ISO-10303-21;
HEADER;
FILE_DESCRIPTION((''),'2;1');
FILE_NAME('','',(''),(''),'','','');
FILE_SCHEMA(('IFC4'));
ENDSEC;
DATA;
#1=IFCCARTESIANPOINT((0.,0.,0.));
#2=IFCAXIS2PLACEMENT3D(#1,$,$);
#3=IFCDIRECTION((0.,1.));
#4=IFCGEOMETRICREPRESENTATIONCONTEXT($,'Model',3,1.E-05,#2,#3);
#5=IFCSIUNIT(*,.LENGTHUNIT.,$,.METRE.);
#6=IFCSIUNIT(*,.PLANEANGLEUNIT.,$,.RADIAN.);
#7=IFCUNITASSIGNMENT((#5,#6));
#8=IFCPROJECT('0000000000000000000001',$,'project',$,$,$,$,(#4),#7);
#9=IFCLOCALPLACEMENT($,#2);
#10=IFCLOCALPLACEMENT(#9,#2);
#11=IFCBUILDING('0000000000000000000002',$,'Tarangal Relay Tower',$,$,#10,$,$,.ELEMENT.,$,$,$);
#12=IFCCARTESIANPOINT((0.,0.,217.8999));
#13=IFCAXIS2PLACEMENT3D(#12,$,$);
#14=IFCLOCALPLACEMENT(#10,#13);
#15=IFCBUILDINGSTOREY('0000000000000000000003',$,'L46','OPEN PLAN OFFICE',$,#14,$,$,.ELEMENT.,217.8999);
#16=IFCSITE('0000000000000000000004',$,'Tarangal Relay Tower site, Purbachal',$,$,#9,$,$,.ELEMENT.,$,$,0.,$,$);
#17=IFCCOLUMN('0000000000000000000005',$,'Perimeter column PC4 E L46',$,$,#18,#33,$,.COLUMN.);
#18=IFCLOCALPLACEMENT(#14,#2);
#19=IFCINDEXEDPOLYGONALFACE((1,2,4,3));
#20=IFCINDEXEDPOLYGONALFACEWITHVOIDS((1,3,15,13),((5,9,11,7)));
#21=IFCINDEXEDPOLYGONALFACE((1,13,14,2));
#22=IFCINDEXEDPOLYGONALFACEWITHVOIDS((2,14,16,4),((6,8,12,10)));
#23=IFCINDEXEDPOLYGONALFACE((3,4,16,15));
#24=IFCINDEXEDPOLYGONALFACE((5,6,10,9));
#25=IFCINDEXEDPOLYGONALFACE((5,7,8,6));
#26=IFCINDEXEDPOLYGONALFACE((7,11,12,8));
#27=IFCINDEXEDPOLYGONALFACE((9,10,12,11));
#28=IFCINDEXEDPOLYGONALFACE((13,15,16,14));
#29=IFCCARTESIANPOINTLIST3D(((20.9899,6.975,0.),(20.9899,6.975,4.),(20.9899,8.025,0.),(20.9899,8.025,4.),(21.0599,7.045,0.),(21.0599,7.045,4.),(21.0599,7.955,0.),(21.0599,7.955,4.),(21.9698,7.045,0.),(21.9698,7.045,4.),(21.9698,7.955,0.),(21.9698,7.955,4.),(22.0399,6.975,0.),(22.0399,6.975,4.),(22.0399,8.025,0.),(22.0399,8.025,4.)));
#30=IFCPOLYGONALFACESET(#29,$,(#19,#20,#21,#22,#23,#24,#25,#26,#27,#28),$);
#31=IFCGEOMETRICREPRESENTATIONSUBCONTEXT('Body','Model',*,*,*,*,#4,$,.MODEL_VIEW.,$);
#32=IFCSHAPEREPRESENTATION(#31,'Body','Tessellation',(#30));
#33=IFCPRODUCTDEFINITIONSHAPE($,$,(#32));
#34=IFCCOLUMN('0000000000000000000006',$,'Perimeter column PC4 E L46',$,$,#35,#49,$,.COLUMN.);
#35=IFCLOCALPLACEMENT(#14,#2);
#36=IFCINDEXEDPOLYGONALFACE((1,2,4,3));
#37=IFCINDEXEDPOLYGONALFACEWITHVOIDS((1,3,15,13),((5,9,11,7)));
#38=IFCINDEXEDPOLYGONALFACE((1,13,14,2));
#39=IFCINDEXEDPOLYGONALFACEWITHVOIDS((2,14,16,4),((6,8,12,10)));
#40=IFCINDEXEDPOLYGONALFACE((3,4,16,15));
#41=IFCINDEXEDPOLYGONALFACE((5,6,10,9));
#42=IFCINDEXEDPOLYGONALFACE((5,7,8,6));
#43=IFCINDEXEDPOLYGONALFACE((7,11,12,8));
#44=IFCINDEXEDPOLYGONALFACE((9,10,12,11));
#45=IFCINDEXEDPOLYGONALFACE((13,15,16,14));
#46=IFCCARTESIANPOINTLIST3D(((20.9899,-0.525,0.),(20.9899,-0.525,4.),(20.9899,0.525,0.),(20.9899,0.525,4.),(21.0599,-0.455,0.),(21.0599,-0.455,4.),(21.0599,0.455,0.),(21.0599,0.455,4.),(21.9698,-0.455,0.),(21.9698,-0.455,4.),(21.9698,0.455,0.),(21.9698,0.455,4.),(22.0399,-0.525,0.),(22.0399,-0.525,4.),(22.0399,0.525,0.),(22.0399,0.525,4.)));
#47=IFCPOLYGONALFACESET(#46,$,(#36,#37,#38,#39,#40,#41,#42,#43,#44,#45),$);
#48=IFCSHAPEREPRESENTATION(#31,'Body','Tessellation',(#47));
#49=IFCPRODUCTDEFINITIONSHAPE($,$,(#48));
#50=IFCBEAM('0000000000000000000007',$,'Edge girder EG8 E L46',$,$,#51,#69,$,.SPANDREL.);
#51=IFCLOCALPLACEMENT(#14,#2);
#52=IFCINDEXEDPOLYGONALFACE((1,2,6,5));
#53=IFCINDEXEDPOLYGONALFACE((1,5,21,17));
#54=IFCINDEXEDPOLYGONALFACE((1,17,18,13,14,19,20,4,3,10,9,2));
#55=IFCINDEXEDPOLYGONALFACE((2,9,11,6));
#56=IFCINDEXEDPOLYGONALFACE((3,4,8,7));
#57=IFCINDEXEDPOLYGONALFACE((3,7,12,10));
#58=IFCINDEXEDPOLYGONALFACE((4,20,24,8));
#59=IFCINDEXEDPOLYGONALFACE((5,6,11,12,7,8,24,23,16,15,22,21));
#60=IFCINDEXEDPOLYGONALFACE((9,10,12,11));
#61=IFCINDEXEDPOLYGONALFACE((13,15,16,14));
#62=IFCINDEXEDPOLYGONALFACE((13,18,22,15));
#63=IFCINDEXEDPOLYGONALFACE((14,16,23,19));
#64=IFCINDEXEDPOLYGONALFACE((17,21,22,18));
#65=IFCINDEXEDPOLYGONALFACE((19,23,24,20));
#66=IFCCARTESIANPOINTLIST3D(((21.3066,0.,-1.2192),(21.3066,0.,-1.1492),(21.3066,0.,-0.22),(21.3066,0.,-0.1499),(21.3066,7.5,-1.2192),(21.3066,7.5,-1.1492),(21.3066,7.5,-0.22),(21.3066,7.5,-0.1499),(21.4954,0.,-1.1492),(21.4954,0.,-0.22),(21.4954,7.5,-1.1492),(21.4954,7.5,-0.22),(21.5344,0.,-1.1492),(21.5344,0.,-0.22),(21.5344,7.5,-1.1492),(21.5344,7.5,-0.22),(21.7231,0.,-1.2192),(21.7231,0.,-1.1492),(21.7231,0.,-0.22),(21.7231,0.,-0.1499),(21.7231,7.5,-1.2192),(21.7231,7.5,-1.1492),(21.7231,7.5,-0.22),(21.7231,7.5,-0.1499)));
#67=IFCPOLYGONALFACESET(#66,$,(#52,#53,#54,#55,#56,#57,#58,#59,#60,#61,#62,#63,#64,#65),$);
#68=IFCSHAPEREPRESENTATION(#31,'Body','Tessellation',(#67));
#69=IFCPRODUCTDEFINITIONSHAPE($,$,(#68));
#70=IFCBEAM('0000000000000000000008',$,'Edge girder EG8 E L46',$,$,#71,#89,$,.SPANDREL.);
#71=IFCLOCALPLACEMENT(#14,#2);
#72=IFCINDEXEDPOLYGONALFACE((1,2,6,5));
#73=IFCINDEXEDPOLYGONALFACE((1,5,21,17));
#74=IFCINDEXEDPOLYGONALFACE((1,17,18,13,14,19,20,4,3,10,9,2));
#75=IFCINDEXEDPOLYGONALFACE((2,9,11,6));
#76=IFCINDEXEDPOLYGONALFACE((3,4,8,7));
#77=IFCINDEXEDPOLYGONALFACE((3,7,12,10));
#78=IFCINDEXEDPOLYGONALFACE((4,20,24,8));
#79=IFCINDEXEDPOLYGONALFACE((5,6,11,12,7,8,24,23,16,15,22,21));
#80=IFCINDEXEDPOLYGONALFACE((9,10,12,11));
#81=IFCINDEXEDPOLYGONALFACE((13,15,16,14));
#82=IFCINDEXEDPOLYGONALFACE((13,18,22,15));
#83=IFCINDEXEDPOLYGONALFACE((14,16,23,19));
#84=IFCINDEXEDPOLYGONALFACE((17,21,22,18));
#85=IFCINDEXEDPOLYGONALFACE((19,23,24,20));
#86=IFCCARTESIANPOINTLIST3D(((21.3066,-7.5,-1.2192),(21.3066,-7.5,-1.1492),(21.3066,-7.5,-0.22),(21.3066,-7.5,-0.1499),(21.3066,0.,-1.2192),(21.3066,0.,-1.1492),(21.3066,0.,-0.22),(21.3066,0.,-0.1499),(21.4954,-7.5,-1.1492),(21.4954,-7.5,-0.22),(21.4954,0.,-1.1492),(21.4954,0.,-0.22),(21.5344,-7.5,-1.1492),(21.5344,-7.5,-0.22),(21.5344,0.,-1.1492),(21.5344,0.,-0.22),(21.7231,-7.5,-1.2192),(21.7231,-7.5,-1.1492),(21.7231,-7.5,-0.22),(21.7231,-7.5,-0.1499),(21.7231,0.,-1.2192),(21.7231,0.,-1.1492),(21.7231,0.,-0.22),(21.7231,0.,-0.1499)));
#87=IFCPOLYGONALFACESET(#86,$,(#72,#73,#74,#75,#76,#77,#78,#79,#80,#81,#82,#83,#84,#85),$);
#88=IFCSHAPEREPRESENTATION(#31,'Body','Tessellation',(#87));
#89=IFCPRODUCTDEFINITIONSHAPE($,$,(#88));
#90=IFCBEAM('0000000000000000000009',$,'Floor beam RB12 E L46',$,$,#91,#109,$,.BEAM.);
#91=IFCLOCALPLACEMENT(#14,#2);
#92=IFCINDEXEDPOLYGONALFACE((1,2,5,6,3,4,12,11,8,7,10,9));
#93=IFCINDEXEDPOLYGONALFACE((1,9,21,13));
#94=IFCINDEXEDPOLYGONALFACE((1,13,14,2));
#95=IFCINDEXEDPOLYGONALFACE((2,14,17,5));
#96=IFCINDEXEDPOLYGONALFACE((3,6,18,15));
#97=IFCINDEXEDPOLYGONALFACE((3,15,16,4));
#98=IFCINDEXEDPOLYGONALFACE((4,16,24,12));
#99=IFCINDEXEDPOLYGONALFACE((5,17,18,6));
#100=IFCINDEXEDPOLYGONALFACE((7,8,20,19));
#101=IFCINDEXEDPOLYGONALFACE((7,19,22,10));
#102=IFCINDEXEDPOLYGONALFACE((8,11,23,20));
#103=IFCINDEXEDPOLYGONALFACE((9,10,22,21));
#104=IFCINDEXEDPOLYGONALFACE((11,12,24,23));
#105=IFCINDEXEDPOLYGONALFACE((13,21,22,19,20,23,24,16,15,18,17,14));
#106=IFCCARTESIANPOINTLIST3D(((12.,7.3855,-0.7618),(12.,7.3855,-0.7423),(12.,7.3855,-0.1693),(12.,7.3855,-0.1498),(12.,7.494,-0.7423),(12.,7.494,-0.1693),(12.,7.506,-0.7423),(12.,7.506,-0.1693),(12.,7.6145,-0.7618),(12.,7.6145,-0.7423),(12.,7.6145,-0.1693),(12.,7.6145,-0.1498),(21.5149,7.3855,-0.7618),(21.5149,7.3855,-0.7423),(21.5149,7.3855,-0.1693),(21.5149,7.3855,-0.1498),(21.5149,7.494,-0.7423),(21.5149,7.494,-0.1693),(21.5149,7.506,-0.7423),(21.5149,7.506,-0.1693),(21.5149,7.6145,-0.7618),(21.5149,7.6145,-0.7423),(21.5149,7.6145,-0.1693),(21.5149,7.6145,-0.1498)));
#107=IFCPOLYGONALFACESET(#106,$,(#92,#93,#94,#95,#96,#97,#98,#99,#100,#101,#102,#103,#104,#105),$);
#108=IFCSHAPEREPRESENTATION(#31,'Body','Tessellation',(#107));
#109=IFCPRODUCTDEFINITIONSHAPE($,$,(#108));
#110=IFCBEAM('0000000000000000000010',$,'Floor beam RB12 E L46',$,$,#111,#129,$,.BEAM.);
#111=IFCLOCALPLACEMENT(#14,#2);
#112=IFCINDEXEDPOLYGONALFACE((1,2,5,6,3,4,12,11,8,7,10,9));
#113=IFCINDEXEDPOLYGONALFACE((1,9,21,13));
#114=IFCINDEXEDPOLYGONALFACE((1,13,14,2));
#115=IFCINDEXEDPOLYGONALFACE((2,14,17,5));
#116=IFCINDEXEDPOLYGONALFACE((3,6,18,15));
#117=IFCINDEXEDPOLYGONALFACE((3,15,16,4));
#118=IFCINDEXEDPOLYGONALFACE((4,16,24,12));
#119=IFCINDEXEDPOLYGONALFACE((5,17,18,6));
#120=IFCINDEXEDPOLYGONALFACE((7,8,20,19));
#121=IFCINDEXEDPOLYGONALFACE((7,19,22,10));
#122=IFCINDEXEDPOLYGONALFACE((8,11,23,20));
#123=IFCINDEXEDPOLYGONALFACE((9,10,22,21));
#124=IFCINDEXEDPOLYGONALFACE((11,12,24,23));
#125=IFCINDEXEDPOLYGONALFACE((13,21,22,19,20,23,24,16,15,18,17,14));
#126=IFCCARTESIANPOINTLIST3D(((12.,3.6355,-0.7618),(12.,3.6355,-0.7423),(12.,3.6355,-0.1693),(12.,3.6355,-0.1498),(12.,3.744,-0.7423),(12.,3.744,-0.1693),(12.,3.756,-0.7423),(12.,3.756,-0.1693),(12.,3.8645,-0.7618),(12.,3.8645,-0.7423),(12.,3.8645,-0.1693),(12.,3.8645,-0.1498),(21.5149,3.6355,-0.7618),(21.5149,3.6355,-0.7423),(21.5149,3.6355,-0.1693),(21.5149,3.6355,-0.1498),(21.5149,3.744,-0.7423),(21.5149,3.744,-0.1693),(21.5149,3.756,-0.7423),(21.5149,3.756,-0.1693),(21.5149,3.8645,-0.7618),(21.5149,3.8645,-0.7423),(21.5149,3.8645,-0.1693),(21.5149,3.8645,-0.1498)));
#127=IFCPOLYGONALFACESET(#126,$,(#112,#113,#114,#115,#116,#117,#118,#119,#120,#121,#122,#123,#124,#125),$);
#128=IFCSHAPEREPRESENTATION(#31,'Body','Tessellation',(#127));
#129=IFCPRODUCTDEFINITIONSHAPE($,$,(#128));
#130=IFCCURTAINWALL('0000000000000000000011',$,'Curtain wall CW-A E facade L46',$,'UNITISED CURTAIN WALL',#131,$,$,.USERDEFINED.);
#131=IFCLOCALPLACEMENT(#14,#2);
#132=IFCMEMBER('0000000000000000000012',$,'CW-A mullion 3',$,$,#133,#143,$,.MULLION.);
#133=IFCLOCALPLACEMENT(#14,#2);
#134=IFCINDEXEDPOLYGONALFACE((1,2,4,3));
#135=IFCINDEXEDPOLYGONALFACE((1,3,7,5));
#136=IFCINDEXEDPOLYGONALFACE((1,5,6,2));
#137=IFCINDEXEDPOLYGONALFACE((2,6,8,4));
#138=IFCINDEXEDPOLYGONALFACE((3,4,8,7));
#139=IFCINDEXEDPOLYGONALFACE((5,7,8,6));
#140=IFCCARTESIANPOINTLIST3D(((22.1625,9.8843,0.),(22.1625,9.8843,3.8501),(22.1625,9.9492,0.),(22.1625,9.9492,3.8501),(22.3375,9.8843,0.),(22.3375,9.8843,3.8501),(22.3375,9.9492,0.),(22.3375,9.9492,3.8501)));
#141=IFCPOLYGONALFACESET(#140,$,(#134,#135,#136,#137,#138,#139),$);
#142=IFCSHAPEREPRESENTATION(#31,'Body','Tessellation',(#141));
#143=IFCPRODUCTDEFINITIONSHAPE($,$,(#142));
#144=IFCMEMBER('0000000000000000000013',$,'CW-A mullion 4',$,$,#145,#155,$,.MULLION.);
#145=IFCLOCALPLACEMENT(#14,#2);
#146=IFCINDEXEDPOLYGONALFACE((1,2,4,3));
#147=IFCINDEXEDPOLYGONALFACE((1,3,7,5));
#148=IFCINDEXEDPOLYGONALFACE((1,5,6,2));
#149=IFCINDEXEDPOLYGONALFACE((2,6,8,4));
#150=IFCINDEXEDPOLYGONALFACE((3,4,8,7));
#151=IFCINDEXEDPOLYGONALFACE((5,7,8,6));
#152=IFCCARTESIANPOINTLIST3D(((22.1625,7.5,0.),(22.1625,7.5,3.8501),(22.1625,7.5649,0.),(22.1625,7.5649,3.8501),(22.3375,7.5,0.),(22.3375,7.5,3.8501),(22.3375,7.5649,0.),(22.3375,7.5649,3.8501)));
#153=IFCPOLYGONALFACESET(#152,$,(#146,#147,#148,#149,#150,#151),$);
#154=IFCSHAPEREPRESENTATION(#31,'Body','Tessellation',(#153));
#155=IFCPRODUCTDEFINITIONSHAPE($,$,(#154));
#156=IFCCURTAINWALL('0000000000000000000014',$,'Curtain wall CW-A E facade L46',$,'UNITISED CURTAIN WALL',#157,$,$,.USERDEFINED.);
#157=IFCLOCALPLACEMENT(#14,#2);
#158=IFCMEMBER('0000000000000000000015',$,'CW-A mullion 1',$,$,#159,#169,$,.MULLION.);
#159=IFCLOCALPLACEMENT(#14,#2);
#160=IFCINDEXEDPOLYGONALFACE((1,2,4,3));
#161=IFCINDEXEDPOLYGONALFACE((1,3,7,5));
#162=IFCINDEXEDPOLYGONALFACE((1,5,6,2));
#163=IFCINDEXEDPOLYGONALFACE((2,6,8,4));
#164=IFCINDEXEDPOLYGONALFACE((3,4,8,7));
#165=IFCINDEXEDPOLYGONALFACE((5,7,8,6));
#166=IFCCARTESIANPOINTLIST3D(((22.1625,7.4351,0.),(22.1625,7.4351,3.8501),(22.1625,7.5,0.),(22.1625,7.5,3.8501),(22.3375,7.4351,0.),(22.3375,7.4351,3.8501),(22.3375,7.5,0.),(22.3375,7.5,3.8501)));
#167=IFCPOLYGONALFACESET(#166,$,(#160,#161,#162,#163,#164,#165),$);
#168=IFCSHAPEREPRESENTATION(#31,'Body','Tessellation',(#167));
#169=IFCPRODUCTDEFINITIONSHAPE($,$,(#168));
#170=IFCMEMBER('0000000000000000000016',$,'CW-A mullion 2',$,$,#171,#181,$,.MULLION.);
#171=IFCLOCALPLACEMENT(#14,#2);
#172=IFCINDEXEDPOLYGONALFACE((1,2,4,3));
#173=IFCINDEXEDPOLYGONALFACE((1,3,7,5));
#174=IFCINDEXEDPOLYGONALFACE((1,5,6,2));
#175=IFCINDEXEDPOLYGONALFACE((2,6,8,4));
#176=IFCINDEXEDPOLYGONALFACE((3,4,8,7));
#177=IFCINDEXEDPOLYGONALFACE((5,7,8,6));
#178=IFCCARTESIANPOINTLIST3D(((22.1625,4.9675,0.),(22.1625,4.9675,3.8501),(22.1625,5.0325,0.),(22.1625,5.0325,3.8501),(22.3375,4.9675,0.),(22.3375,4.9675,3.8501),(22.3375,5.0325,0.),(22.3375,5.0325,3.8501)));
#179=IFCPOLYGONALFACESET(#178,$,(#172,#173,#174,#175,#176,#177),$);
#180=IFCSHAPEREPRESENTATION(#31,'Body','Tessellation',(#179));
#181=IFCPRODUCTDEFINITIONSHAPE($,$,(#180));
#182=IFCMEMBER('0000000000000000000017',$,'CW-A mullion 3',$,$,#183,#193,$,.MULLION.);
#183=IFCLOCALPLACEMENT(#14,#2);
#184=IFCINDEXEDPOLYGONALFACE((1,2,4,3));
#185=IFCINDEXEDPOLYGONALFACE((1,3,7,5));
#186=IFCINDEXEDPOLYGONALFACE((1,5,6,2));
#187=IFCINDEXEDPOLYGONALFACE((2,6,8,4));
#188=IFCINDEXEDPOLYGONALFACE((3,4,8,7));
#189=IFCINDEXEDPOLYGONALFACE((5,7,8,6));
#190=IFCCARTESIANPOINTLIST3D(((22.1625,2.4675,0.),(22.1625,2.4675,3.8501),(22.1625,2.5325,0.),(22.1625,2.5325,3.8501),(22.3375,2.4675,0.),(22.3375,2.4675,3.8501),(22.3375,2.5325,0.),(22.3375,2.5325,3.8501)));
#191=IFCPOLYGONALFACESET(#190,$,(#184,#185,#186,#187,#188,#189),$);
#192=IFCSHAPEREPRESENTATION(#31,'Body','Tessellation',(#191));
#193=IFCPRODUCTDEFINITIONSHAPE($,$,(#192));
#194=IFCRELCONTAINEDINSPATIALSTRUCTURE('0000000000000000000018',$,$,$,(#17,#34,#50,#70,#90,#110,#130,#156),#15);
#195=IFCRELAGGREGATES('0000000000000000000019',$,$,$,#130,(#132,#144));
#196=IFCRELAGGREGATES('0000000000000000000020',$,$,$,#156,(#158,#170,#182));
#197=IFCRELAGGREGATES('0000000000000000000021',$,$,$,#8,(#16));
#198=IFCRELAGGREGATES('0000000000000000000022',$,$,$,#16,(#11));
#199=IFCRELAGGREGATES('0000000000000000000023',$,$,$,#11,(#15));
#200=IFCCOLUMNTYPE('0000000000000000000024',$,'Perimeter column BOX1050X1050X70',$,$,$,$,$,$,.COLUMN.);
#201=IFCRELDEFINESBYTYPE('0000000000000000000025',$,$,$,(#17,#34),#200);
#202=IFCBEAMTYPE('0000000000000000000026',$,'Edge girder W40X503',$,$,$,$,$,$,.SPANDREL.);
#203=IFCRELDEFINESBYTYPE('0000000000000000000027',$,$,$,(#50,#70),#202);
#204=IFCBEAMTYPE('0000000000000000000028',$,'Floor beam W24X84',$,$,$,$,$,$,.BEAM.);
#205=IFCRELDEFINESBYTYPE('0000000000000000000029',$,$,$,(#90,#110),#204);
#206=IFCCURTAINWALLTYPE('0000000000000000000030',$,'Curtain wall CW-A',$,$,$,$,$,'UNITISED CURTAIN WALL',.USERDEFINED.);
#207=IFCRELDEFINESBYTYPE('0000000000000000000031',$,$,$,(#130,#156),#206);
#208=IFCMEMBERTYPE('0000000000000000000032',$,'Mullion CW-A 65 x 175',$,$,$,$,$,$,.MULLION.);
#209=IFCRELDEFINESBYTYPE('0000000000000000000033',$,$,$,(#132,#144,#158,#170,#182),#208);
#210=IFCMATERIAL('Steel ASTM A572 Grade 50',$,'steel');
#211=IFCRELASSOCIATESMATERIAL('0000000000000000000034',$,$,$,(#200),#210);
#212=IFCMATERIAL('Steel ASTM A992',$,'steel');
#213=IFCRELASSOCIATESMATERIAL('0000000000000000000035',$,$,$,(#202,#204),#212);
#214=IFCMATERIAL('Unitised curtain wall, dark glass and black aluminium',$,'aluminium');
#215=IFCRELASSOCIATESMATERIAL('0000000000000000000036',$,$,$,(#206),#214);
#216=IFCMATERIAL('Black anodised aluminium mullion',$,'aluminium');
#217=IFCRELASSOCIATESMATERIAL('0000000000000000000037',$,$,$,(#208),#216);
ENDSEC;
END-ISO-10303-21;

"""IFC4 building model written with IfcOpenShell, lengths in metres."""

from ifc_helpers import new_model, si_unit, direction, frame, origin, origin_2d, place, context, subcontext, project, spatial, rectangle, hollow_rectangle, i_section, extrude, material, material_profile, profile_set, type_object, element, aggregate, save


model = new_model("IFC4")

# Units and contexts
model_context = context("Model", 3, precision=1e-05, world=origin(), true_north=direction((0.0, 1.0)))
body_context = subcontext(model_context, "Body", "Model", "MODEL_VIEW")
ifc_project = project(units=[si_unit("LENGTHUNIT", "METRE"), si_unit("PLANEANGLEUNIT", "RADIAN")], contexts=[model_context])

# Site, building, storey
site_placement = place(None, origin())
site = spatial("IfcSite", under=ifc_project, at=site_placement, Name="Tarangal Relay Tower site, Purbachal", CompositionType="ELEMENT", RefElevation=0.0)
building_placement = place(site_placement, origin())
building = spatial("IfcBuilding", under=site, at=building_placement, Name="Tarangal Relay Tower", CompositionType="ELEMENT")
storey_placement = place(building_placement, frame((0.0, 0.0, 217.8999)))
storey = spatial("IfcBuildingStorey", under=building, at=storey_placement, Name="L46", Description="OPEN PLAN OFFICE", CompositionType="ELEMENT", Elevation=217.8999)

# Columns
ifc_material_1 = material(Name="Steel ASTM A572 Grade 50", Category="steel")
ifc_material_profile_1 = material_profile(ifc_material_1, hollow_rectangle(XDim=1.05, YDim=1.05, WallThickness=0.0701, at=origin_2d()), Name="BOX1050X1050X70")
ifc_profile_set_1 = profile_set([ifc_material_profile_1], Name="Steel ASTM A572 Grade 50")
column_type = type_object("IfcColumnType", Name="Perimeter column BOX1050X1050X70", PredefinedType="COLUMN", material=ifc_profile_set_1)
for number, where, z_axis, x_axis, name in (
    (1, (21.5149, 7.5, 0.0), (0.0, 0.0, 1.0), (1.0, 0.0, 0.0), "Perimeter column PC4 E L46"),
    (2, (21.5149, 0.0, 0.0), (0.0, 0.0, 1.0), (1.0, 0.0, 0.0), "Perimeter column PC4 E L46"),
):
    element("IfcColumn", number, at=place(storey_placement, frame(where, z_axis=z_axis, x_axis=x_axis)), inside=storey, type_object=column_type, Name=name, PredefinedType="COLUMN", context=body_context, shape_type="SweptSolid", body=[
        extrude(hollow_rectangle(XDim=1.05, YDim=1.05, WallThickness=0.0701, at=origin_2d()), origin(), (0.0, 0.0, 1.0), 4.0),
    ])

# Beams
ifc_material_2 = material(Name="Steel ASTM A992", Category="steel")
ifc_material_profile_2 = material_profile(ifc_material_2, i_section(OverallWidth=0.4165, OverallDepth=1.0693, WebThickness=0.0391, FlangeThickness=0.0701, at=origin_2d()), Name="W40X503")
ifc_profile_set_2 = profile_set([ifc_material_profile_2], Name="Steel ASTM A992")
beam_type_1 = type_object("IfcBeamType", Name="Edge girder W40X503", PredefinedType="SPANDREL", material=ifc_profile_set_2)
for number, where, z_axis, x_axis, name in (
    (3, (21.5149, 7.5, -0.6846), (0.0, -1.0, 0.0), (1.0, 0.0, 0.0), "Edge girder EG8 E L46"),
    (4, (21.5149, 0.0, -0.6846), (0.0, -1.0, 0.0), (1.0, 0.0, 0.0), "Edge girder EG8 E L46"),
):
    element("IfcBeam", number, at=place(storey_placement, frame(where, z_axis=z_axis, x_axis=x_axis)), inside=storey, type_object=beam_type_1, Name=name, PredefinedType="SPANDREL", context=body_context, shape_type="SweptSolid", body=[
        extrude(i_section(OverallWidth=0.4165, OverallDepth=1.0693, WebThickness=0.0391, FlangeThickness=0.0701, at=origin_2d()), origin(), (0.0, 0.0, 1.0), 7.5),
    ])
ifc_material_profile_3 = material_profile(ifc_material_2, i_section(OverallWidth=0.229, OverallDepth=0.6121, WebThickness=0.012, FlangeThickness=0.0195, at=origin_2d()), Name="W24X84")
ifc_profile_set_3 = profile_set([ifc_material_profile_3], Name="Steel ASTM A992")
beam_type_2 = type_object("IfcBeamType", Name="Floor beam W24X84", PredefinedType="BEAM", material=ifc_profile_set_3)
for number, where, z_axis, x_axis, name in (
    (5, (12.0, 7.5, -0.4558), (1.0, 0.0, 0.0), (0.0, 1.0, 0.0), "Floor beam RB12 E L46"),
    (6, (12.0, 3.75, -0.4558), (1.0, 0.0, 0.0), (0.0, 1.0, 0.0), "Floor beam RB12 E L46"),
):
    element("IfcBeam", number, at=place(storey_placement, frame(where, z_axis=z_axis, x_axis=x_axis)), inside=storey, type_object=beam_type_2, Name=name, PredefinedType="BEAM", context=body_context, shape_type="SweptSolid", body=[
        extrude(i_section(OverallWidth=0.229, OverallDepth=0.6121, WebThickness=0.012, FlangeThickness=0.0195, at=origin_2d()), origin(), (0.0, 0.0, 1.0), 9.5149),
    ])

# Curtain walls, members
ifc_material_3 = material(Name="Unitised curtain wall, dark glass and black aluminium", Category="aluminium")
curtain_wall_type = type_object("IfcCurtainWallType", Name="Curtain wall CW-A", ElementType="UNITISED CURTAIN WALL", PredefinedType="USERDEFINED", material=ifc_material_3)
curtain_wall_1_placement = place(storey_placement, origin())
curtain_wall_1 = element("IfcCurtainWall", 7, at=curtain_wall_1_placement, inside=storey, type_object=curtain_wall_type, Name="Curtain wall CW-A E facade L46", ObjectType="UNITISED CURTAIN WALL", PredefinedType="USERDEFINED")
ifc_material_4 = material(Name="Black anodised aluminium mullion", Category="aluminium")
ifc_material_profile_4 = material_profile(ifc_material_4, rectangle(XDim=0.175, YDim=0.0649, at=origin_2d()), Name="CW-AM 65X175")
ifc_profile_set_4 = profile_set([ifc_material_profile_4], Name="Black anodised aluminium mullion")
member_type_1 = type_object("IfcMemberType", Name="Mullion CW-A 65 x 175", PredefinedType="MULLION", material=ifc_profile_set_4)
member_1_placement = place(storey_placement, frame((22.25, 9.9167, 0.0), z_axis=(0.0, 0.0, 1.0), x_axis=(1.0, 0.0, 0.0)))
member_1 = element("IfcMember", 8, at=member_1_placement, type_object=member_type_1, Name="CW-A mullion 3", PredefinedType="MULLION", context=body_context, shape_type="SweptSolid", body=[
    extrude(rectangle(XDim=0.175, YDim=0.0649, at=origin_2d()), origin(), (0.0, 0.0, 1.0), 3.8501),
])
member_2_placement = place(storey_placement, frame((22.25, 7.5325, 0.0), z_axis=(0.0, 0.0, 1.0), x_axis=(1.0, 0.0, 0.0)))
member_2 = element("IfcMember", 9, at=member_2_placement, type_object=member_type_1, Name="CW-A mullion 4", PredefinedType="MULLION", context=body_context, shape_type="SweptSolid", body=[
    extrude(rectangle(XDim=0.175, YDim=0.0649, at=origin_2d()), origin(), (0.0, 0.0, 1.0), 3.8501),
])
curtain_wall_2_placement = place(storey_placement, origin())
curtain_wall_2 = element("IfcCurtainWall", 10, at=curtain_wall_2_placement, inside=storey, type_object=curtain_wall_type, Name="Curtain wall CW-A E facade L46", ObjectType="UNITISED CURTAIN WALL", PredefinedType="USERDEFINED")
member_3_placement = place(storey_placement, frame((22.25, 7.4675, 0.0), z_axis=(0.0, 0.0, 1.0), x_axis=(1.0, 0.0, 0.0)))
member_3 = element("IfcMember", 11, at=member_3_placement, type_object=member_type_1, Name="CW-A mullion 1", PredefinedType="MULLION", context=body_context, shape_type="SweptSolid", body=[
    extrude(rectangle(XDim=0.175, YDim=0.0649, at=origin_2d()), origin(), (0.0, 0.0, 1.0), 3.8501),
])
member_4_placement = place(storey_placement, frame((22.25, 5.0, 0.0), z_axis=(0.0, 0.0, 1.0), x_axis=(1.0, 0.0, 0.0)))
member_4 = element("IfcMember", 12, at=member_4_placement, type_object=member_type_1, Name="CW-A mullion 2", PredefinedType="MULLION", context=body_context, shape_type="SweptSolid", body=[
    extrude(rectangle(XDim=0.175, YDim=0.0649, at=origin_2d()), origin(), (0.0, 0.0, 1.0), 3.8501),
])
member_5_placement = place(storey_placement, frame((22.25, 2.5, 0.0), z_axis=(0.0, 0.0, 1.0), x_axis=(1.0, 0.0, 0.0)))
member_5 = element("IfcMember", 13, at=member_5_placement, type_object=member_type_1, Name="CW-A mullion 3", PredefinedType="MULLION", context=body_context, shape_type="SweptSolid", body=[
    extrude(rectangle(XDim=0.175, YDim=0.0649, at=origin_2d()), origin(), (0.0, 0.0, 1.0), 3.8501),
])

aggregate(curtain_wall_1, [member_1, member_2])
aggregate(curtain_wall_2, [member_3, member_4, member_5])

save(model, "model.ifc")
